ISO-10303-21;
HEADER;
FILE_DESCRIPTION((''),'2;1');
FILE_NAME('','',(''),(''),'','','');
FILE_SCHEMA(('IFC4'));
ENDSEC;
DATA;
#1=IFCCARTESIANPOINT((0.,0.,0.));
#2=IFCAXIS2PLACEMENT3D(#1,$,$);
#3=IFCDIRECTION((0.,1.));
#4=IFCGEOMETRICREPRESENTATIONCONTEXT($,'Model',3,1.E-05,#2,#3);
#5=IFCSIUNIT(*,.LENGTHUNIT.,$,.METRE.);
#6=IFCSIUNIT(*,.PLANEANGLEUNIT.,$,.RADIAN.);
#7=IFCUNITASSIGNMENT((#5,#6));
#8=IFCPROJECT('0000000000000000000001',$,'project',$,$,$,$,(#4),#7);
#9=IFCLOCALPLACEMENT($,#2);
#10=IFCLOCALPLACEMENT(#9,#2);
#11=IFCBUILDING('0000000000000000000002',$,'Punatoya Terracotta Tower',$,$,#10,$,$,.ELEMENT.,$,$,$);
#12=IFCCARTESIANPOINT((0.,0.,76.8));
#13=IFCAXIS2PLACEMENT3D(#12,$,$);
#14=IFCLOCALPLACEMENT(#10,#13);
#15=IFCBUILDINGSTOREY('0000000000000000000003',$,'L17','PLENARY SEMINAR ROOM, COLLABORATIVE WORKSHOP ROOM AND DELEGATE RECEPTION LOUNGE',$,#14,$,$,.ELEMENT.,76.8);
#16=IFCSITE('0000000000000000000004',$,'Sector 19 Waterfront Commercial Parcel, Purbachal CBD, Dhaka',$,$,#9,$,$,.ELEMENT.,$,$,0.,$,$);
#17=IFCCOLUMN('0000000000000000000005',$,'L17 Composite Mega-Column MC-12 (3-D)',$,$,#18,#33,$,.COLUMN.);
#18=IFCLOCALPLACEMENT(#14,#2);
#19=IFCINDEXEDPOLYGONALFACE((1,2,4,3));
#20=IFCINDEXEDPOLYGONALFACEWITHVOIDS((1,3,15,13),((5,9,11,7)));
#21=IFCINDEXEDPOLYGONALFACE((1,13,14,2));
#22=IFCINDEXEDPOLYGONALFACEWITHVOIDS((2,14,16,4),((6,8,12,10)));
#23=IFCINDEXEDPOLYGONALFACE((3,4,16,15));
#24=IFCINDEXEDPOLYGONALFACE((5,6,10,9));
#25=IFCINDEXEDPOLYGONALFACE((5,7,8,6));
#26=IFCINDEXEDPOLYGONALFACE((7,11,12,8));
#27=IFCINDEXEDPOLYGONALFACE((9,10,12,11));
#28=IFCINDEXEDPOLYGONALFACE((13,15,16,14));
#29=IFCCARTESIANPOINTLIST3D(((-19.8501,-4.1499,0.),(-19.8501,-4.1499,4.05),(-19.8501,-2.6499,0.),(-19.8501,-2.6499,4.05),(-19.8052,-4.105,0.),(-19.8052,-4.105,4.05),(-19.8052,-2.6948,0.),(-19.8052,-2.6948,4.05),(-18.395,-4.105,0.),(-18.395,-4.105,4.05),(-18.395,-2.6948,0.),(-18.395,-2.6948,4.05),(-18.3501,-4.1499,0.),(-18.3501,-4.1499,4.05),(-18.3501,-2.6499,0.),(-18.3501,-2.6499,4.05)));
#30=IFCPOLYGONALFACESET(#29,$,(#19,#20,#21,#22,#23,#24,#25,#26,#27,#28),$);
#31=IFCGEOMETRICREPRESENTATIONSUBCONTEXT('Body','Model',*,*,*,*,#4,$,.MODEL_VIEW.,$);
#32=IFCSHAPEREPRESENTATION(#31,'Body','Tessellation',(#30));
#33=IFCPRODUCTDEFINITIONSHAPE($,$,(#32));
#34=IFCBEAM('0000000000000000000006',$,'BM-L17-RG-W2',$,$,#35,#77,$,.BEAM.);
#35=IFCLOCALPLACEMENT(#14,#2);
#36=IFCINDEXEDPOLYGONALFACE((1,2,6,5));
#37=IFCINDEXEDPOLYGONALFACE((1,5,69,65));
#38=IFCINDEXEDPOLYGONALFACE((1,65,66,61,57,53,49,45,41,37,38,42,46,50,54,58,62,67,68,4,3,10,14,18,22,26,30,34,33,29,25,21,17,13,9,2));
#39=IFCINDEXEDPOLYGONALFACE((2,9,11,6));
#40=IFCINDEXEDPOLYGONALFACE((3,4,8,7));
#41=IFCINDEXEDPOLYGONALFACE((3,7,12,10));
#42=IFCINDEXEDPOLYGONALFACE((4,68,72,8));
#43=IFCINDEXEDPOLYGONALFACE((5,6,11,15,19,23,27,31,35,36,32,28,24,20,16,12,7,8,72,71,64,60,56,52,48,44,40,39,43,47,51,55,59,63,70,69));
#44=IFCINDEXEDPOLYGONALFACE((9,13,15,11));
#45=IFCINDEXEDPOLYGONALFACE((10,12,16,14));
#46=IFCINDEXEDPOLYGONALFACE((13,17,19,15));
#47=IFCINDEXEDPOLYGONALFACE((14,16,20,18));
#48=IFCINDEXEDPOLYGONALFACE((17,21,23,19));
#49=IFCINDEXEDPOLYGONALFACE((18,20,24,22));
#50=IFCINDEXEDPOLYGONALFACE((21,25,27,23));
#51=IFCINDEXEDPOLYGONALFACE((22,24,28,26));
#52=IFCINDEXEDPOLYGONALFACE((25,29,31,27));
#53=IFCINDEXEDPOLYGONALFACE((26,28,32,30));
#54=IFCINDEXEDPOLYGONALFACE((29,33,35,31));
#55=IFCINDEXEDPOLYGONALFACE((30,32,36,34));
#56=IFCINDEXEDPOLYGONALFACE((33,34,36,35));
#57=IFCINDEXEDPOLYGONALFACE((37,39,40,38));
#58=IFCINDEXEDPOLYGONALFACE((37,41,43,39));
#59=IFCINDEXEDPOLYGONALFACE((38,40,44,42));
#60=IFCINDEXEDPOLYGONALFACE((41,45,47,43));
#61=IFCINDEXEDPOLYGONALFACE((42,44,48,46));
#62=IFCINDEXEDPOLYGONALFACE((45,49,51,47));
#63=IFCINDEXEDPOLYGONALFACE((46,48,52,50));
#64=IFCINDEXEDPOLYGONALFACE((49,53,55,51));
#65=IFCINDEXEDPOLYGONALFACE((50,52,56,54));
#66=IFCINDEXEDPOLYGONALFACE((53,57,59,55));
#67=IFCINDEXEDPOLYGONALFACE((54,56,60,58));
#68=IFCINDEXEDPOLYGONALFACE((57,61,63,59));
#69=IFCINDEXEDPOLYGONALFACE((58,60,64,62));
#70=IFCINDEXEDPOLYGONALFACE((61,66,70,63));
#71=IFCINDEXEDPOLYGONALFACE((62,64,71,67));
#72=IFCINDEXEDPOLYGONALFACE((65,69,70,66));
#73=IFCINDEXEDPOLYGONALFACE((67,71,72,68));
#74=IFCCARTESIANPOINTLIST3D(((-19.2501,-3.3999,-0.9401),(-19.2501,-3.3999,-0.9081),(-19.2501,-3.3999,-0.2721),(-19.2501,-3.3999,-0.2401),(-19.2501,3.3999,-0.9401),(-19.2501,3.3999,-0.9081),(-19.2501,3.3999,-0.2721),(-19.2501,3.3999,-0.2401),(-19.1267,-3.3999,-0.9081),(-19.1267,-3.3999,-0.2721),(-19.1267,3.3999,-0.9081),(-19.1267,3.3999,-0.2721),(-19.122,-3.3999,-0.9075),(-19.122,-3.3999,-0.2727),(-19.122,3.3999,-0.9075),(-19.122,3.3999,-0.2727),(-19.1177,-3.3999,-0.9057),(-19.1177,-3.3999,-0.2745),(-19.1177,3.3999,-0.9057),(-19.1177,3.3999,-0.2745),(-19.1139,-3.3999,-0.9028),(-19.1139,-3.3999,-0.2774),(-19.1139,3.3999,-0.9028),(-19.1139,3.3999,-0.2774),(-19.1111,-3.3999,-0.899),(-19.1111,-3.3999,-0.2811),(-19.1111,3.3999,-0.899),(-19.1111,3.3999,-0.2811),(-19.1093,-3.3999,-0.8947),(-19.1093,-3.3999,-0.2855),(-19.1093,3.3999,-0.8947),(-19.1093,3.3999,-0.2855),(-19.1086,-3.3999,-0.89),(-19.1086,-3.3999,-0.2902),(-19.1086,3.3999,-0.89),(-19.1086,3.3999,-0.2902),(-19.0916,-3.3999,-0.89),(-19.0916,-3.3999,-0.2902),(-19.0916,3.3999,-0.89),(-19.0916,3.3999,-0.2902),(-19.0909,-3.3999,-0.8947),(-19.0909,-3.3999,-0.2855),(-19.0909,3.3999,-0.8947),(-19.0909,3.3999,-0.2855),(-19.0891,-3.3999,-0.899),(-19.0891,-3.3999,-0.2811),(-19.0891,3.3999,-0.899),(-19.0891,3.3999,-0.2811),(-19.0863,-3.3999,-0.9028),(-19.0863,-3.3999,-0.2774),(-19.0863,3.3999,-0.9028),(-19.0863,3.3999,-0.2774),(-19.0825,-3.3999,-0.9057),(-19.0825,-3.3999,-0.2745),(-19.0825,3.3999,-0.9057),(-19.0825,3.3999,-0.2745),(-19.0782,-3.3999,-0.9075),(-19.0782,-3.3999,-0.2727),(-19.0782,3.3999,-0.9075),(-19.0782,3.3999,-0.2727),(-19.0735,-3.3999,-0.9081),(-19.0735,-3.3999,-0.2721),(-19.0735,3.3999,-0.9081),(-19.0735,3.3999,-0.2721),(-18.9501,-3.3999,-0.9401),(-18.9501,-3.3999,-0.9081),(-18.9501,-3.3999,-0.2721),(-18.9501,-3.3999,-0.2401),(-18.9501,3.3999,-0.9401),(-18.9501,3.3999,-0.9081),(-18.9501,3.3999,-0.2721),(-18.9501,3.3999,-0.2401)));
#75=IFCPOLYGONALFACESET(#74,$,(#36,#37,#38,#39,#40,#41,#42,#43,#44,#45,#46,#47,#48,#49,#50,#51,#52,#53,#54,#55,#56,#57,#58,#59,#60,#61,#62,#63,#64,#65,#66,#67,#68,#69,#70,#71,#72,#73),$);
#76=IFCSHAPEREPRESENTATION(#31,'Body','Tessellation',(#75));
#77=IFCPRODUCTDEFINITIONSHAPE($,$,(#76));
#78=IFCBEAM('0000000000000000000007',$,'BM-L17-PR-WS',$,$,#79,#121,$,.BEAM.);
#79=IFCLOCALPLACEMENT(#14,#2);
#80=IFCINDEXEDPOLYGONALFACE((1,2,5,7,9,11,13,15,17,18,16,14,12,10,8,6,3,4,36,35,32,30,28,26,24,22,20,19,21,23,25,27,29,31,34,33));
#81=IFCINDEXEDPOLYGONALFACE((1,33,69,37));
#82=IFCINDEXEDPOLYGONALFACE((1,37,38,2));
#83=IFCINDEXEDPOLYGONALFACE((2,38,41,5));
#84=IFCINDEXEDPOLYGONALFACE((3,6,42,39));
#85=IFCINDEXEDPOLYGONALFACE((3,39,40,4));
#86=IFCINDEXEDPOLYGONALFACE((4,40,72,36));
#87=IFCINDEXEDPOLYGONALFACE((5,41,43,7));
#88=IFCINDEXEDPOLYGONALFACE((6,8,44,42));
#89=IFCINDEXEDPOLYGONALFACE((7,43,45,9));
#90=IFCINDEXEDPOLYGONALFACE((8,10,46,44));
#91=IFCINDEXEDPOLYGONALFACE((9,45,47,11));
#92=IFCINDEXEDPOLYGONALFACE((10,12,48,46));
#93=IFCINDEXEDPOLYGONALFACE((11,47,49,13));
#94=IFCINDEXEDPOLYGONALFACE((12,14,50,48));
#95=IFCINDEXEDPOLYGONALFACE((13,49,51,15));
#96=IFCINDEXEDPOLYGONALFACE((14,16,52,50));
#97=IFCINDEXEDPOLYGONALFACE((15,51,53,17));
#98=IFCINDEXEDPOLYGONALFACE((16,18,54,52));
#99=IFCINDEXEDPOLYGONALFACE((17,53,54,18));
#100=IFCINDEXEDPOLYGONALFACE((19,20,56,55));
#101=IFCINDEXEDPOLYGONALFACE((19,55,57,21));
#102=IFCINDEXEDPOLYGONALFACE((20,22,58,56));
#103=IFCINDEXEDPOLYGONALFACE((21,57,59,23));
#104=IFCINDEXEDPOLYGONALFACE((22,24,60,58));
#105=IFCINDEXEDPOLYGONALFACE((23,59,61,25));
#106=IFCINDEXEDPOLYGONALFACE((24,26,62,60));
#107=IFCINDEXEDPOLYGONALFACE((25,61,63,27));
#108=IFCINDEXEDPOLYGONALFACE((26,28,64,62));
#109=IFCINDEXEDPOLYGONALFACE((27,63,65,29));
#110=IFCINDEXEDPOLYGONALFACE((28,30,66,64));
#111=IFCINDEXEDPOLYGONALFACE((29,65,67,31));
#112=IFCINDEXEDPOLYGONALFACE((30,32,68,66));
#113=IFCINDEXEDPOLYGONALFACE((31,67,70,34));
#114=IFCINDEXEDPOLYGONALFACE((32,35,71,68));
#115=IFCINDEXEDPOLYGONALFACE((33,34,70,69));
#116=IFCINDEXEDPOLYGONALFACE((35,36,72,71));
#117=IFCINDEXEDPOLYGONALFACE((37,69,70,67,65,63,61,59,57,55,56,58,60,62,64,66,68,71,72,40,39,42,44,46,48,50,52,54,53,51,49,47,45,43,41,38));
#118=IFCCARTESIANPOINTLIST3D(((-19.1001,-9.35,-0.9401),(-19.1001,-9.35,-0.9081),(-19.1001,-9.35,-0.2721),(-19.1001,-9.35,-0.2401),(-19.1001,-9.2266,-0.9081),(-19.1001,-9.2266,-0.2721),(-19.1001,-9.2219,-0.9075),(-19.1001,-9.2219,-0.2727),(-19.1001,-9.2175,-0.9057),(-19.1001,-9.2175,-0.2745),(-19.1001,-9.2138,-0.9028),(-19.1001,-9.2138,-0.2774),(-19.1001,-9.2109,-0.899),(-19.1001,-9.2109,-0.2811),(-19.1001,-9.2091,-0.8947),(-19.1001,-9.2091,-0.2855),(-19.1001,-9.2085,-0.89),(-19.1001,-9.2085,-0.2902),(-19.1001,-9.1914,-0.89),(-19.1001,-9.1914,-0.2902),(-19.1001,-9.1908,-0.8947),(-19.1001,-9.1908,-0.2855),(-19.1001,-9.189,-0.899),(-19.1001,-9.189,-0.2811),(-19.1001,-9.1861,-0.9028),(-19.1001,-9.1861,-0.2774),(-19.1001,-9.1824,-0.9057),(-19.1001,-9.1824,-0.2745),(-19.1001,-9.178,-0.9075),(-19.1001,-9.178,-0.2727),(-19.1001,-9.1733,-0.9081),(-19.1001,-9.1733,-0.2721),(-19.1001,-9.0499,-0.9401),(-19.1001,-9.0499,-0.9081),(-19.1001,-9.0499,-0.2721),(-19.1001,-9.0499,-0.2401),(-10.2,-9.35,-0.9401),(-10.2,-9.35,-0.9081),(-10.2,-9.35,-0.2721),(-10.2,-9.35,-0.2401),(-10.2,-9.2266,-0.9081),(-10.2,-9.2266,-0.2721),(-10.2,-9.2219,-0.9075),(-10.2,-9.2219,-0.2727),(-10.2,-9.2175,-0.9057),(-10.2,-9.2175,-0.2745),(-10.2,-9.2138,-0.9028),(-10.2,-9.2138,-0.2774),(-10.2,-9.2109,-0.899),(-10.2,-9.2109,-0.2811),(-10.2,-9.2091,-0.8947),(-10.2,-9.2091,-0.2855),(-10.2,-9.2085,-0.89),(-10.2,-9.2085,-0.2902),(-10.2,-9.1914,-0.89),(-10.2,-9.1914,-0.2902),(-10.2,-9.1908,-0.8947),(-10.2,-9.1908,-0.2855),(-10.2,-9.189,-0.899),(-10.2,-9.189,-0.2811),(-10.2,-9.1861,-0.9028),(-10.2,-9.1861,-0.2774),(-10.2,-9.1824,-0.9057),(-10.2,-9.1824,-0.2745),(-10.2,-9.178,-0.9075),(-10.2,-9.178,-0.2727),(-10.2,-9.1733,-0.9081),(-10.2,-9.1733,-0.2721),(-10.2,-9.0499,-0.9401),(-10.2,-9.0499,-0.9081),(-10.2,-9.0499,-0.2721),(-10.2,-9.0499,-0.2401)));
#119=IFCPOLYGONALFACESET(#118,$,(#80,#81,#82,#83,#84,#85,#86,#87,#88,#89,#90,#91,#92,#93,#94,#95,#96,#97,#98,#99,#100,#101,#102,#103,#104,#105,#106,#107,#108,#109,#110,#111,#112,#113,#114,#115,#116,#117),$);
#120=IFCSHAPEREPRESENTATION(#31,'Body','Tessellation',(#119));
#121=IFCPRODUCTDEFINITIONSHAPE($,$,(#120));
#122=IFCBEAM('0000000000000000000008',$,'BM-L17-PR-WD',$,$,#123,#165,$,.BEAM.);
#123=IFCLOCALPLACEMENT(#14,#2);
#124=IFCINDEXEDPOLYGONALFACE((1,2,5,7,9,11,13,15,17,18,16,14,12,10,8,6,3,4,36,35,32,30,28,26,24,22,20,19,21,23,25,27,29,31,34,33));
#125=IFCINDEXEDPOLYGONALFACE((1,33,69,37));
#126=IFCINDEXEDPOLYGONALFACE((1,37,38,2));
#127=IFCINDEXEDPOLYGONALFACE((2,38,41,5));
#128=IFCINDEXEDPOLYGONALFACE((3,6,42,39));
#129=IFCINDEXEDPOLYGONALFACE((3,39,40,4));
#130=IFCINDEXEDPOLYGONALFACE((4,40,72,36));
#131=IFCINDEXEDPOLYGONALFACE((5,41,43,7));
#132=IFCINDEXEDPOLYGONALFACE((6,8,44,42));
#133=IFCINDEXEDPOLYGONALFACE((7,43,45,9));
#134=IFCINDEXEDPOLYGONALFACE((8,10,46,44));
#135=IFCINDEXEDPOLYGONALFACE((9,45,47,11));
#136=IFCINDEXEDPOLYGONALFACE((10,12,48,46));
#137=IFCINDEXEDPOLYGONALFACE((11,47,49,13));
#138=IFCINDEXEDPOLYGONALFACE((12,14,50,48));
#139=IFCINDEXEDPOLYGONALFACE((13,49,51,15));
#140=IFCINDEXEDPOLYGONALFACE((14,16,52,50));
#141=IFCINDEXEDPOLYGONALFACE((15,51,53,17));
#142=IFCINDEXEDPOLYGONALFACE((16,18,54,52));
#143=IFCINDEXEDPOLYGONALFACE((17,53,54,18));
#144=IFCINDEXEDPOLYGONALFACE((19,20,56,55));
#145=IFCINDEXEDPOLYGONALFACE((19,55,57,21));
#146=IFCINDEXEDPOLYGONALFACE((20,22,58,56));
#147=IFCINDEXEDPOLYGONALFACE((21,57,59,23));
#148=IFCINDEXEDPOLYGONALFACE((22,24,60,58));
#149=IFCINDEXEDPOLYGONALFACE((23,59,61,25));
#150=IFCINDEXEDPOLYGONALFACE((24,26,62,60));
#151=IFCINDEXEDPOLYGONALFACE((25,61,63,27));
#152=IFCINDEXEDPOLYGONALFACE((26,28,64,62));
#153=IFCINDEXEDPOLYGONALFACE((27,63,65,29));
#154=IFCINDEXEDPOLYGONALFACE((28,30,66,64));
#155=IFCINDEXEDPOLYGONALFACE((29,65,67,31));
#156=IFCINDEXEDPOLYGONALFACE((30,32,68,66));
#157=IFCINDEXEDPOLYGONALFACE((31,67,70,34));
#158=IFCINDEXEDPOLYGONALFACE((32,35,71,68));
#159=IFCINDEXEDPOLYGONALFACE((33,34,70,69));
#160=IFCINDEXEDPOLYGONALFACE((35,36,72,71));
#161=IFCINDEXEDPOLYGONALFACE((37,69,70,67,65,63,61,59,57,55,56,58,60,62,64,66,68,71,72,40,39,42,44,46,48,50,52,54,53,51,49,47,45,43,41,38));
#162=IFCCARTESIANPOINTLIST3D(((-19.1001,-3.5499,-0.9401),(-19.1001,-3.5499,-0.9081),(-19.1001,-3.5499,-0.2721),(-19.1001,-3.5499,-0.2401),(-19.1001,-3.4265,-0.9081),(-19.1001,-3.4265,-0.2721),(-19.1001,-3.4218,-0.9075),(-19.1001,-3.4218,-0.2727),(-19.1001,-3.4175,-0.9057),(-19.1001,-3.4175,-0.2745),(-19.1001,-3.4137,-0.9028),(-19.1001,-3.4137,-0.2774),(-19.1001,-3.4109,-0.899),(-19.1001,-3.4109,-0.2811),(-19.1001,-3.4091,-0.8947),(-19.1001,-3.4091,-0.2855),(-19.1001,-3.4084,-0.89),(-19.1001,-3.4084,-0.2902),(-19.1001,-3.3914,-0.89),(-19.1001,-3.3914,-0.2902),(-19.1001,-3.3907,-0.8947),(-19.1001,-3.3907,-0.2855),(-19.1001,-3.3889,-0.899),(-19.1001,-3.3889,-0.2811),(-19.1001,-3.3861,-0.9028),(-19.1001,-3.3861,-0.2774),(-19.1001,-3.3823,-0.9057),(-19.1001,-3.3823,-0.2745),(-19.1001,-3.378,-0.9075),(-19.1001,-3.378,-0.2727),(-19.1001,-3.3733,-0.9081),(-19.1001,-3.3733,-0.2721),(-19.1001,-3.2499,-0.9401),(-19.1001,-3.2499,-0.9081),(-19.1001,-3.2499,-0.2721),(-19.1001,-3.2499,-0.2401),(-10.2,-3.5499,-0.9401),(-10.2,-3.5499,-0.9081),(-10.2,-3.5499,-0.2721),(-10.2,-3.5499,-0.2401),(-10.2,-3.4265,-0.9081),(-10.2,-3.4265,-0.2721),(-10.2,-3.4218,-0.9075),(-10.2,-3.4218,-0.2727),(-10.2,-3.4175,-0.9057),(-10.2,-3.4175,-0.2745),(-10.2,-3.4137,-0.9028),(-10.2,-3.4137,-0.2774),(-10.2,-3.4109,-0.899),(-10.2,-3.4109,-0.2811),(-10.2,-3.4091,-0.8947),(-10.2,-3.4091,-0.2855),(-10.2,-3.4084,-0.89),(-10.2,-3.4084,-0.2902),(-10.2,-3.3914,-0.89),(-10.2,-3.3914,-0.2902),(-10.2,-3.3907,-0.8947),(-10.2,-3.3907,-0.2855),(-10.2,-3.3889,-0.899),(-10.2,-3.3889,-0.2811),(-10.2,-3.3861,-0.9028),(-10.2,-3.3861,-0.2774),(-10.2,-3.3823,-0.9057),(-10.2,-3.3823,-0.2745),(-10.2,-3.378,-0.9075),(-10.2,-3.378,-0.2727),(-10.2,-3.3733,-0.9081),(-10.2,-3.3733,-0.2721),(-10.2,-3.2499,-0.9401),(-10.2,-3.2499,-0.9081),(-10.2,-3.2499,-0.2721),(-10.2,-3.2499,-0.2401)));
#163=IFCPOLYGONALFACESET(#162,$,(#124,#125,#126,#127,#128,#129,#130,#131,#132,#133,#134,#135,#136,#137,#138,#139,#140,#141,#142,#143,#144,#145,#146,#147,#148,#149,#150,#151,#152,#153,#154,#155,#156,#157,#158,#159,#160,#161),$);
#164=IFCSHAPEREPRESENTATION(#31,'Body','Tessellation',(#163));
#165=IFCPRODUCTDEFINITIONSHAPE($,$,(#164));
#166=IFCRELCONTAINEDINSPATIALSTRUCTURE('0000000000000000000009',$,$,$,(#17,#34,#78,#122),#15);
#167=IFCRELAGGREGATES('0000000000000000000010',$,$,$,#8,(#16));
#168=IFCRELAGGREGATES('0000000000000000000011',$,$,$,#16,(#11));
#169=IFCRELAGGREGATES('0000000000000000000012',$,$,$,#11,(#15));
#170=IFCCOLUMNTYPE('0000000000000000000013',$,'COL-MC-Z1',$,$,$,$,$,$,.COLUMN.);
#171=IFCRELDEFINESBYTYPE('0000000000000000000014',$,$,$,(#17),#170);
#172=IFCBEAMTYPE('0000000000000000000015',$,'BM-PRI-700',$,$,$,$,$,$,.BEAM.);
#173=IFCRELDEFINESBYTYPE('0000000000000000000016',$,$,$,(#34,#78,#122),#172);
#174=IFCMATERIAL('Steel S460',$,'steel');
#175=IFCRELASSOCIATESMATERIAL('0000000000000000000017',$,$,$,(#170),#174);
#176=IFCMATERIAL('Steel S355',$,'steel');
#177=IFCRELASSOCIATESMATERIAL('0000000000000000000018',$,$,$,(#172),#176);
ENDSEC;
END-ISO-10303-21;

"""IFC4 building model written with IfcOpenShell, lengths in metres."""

from ifc_helpers import new_model, si_unit, direction, frame, origin, origin_2d, place, context, subcontext, project, spatial, hollow_rectangle, i_section, extrude, material, material_profile, profile_set, type_object, element, save


model = new_model("IFC4")

# Units and contexts
model_context = context("Model", 3, precision=1e-05, world=origin(), true_north=direction((0.0, 1.0)))
body_context = subcontext(model_context, "Body", "Model", "MODEL_VIEW")
ifc_project = project(units=[si_unit("LENGTHUNIT", "METRE"), si_unit("PLANEANGLEUNIT", "RADIAN")], contexts=[model_context])

# Site, building, storey
site_placement = place(None, origin())
site = spatial("IfcSite", under=ifc_project, at=site_placement, Name="Sector 19 Waterfront Commercial Parcel, Purbachal CBD, Dhaka", CompositionType="ELEMENT", RefElevation=0.0)
building_placement = place(site_placement, origin())
building = spatial("IfcBuilding", under=site, at=building_placement, Name="Punatoya Terracotta Tower", CompositionType="ELEMENT")
storey_placement = place(building_placement, frame((0.0, 0.0, 76.8)))
storey = spatial("IfcBuildingStorey", under=building, at=storey_placement, Name="L17", Description="PLENARY SEMINAR ROOM, COLLABORATIVE WORKSHOP ROOM AND DELEGATE RECEPTION LOUNGE", CompositionType="ELEMENT", Elevation=76.8)

# Column
ifc_material_1 = material(Name="Steel S460", Category="steel")
ifc_material_profile_1 = material_profile(ifc_material_1, hollow_rectangle(XDim=1.5, YDim=1.5, WallThickness=0.0449, at=origin_2d()))
ifc_profile_set_1 = profile_set([ifc_material_profile_1], Name="Steel S460")
column_type = type_object("IfcColumnType", Name="COL-MC-Z1", PredefinedType="COLUMN", material=ifc_profile_set_1)
column_placement = place(storey_placement, frame((-19.1001, -3.3999, 0.0), z_axis=(0.0, 0.0, 1.0), x_axis=(1.0, 0.0, 0.0)))
element("IfcColumn", 1, at=column_placement, inside=storey, type_object=column_type, Name="L17 Composite Mega-Column MC-12 (3-D)", PredefinedType="COLUMN", context=body_context, shape_type="SweptSolid", body=[
    extrude(hollow_rectangle(XDim=1.5, YDim=1.5, WallThickness=0.0449, at=origin_2d()), origin(), (0.0, 0.0, 1.0), 4.05),
])

# Beams
ifc_material_2 = material(Name="Steel S355", Category="steel")
ifc_material_profile_2 = material_profile(ifc_material_2, i_section(OverallWidth=0.3, OverallDepth=0.7, WebThickness=0.0171, FlangeThickness=0.032, FilletRadius=0.0181, at=origin_2d()))
ifc_profile_set_2 = profile_set([ifc_material_profile_2], Name="Steel S355")
beam_type_1 = type_object("IfcBeamType", Name="BM-PRI-700", PredefinedType="BEAM", material=ifc_profile_set_2)
beam_1_placement = place(storey_placement, frame((-19.1001, -3.3999, -0.5901), z_axis=(0.0, 1.0, 0.0), x_axis=(-1.0, 0.0, 0.0)))
element("IfcBeam", 2, at=beam_1_placement, inside=storey, type_object=beam_type_1, Name="BM-L17-RG-W2", PredefinedType="BEAM", context=body_context, shape_type="SweptSolid", body=[
    extrude(i_section(OverallWidth=0.3, OverallDepth=0.7, WebThickness=0.0171, FlangeThickness=0.032, FilletRadius=0.0181, at=origin_2d()), origin(), (0.0, 0.0, 1.0), 6.7998),
])
for number, where, z_axis, x_axis, name in (
    (3, (-19.1001, -9.2, -0.5901), (1.0, 0.0, 0.0), (0.0, 1.0, 0.0), "BM-L17-PR-WS"),
    (4, (-19.1001, -3.3999, -0.5901), (1.0, 0.0, 0.0), (0.0, 1.0, 0.0), "BM-L17-PR-WD"),
):
    element("IfcBeam", number, at=place(storey_placement, frame(where, z_axis=z_axis, x_axis=x_axis)), inside=storey, type_object=beam_type_1, Name=name, PredefinedType="BEAM", context=body_context, shape_type="SweptSolid", body=[
        extrude(i_section(OverallWidth=0.3, OverallDepth=0.7, WebThickness=0.0171, FlangeThickness=0.032, FilletRadius=0.0181, at=origin_2d()), origin(), (0.0, 0.0, 1.0), 8.9001),
    ])

save(model, "model.ifc")
